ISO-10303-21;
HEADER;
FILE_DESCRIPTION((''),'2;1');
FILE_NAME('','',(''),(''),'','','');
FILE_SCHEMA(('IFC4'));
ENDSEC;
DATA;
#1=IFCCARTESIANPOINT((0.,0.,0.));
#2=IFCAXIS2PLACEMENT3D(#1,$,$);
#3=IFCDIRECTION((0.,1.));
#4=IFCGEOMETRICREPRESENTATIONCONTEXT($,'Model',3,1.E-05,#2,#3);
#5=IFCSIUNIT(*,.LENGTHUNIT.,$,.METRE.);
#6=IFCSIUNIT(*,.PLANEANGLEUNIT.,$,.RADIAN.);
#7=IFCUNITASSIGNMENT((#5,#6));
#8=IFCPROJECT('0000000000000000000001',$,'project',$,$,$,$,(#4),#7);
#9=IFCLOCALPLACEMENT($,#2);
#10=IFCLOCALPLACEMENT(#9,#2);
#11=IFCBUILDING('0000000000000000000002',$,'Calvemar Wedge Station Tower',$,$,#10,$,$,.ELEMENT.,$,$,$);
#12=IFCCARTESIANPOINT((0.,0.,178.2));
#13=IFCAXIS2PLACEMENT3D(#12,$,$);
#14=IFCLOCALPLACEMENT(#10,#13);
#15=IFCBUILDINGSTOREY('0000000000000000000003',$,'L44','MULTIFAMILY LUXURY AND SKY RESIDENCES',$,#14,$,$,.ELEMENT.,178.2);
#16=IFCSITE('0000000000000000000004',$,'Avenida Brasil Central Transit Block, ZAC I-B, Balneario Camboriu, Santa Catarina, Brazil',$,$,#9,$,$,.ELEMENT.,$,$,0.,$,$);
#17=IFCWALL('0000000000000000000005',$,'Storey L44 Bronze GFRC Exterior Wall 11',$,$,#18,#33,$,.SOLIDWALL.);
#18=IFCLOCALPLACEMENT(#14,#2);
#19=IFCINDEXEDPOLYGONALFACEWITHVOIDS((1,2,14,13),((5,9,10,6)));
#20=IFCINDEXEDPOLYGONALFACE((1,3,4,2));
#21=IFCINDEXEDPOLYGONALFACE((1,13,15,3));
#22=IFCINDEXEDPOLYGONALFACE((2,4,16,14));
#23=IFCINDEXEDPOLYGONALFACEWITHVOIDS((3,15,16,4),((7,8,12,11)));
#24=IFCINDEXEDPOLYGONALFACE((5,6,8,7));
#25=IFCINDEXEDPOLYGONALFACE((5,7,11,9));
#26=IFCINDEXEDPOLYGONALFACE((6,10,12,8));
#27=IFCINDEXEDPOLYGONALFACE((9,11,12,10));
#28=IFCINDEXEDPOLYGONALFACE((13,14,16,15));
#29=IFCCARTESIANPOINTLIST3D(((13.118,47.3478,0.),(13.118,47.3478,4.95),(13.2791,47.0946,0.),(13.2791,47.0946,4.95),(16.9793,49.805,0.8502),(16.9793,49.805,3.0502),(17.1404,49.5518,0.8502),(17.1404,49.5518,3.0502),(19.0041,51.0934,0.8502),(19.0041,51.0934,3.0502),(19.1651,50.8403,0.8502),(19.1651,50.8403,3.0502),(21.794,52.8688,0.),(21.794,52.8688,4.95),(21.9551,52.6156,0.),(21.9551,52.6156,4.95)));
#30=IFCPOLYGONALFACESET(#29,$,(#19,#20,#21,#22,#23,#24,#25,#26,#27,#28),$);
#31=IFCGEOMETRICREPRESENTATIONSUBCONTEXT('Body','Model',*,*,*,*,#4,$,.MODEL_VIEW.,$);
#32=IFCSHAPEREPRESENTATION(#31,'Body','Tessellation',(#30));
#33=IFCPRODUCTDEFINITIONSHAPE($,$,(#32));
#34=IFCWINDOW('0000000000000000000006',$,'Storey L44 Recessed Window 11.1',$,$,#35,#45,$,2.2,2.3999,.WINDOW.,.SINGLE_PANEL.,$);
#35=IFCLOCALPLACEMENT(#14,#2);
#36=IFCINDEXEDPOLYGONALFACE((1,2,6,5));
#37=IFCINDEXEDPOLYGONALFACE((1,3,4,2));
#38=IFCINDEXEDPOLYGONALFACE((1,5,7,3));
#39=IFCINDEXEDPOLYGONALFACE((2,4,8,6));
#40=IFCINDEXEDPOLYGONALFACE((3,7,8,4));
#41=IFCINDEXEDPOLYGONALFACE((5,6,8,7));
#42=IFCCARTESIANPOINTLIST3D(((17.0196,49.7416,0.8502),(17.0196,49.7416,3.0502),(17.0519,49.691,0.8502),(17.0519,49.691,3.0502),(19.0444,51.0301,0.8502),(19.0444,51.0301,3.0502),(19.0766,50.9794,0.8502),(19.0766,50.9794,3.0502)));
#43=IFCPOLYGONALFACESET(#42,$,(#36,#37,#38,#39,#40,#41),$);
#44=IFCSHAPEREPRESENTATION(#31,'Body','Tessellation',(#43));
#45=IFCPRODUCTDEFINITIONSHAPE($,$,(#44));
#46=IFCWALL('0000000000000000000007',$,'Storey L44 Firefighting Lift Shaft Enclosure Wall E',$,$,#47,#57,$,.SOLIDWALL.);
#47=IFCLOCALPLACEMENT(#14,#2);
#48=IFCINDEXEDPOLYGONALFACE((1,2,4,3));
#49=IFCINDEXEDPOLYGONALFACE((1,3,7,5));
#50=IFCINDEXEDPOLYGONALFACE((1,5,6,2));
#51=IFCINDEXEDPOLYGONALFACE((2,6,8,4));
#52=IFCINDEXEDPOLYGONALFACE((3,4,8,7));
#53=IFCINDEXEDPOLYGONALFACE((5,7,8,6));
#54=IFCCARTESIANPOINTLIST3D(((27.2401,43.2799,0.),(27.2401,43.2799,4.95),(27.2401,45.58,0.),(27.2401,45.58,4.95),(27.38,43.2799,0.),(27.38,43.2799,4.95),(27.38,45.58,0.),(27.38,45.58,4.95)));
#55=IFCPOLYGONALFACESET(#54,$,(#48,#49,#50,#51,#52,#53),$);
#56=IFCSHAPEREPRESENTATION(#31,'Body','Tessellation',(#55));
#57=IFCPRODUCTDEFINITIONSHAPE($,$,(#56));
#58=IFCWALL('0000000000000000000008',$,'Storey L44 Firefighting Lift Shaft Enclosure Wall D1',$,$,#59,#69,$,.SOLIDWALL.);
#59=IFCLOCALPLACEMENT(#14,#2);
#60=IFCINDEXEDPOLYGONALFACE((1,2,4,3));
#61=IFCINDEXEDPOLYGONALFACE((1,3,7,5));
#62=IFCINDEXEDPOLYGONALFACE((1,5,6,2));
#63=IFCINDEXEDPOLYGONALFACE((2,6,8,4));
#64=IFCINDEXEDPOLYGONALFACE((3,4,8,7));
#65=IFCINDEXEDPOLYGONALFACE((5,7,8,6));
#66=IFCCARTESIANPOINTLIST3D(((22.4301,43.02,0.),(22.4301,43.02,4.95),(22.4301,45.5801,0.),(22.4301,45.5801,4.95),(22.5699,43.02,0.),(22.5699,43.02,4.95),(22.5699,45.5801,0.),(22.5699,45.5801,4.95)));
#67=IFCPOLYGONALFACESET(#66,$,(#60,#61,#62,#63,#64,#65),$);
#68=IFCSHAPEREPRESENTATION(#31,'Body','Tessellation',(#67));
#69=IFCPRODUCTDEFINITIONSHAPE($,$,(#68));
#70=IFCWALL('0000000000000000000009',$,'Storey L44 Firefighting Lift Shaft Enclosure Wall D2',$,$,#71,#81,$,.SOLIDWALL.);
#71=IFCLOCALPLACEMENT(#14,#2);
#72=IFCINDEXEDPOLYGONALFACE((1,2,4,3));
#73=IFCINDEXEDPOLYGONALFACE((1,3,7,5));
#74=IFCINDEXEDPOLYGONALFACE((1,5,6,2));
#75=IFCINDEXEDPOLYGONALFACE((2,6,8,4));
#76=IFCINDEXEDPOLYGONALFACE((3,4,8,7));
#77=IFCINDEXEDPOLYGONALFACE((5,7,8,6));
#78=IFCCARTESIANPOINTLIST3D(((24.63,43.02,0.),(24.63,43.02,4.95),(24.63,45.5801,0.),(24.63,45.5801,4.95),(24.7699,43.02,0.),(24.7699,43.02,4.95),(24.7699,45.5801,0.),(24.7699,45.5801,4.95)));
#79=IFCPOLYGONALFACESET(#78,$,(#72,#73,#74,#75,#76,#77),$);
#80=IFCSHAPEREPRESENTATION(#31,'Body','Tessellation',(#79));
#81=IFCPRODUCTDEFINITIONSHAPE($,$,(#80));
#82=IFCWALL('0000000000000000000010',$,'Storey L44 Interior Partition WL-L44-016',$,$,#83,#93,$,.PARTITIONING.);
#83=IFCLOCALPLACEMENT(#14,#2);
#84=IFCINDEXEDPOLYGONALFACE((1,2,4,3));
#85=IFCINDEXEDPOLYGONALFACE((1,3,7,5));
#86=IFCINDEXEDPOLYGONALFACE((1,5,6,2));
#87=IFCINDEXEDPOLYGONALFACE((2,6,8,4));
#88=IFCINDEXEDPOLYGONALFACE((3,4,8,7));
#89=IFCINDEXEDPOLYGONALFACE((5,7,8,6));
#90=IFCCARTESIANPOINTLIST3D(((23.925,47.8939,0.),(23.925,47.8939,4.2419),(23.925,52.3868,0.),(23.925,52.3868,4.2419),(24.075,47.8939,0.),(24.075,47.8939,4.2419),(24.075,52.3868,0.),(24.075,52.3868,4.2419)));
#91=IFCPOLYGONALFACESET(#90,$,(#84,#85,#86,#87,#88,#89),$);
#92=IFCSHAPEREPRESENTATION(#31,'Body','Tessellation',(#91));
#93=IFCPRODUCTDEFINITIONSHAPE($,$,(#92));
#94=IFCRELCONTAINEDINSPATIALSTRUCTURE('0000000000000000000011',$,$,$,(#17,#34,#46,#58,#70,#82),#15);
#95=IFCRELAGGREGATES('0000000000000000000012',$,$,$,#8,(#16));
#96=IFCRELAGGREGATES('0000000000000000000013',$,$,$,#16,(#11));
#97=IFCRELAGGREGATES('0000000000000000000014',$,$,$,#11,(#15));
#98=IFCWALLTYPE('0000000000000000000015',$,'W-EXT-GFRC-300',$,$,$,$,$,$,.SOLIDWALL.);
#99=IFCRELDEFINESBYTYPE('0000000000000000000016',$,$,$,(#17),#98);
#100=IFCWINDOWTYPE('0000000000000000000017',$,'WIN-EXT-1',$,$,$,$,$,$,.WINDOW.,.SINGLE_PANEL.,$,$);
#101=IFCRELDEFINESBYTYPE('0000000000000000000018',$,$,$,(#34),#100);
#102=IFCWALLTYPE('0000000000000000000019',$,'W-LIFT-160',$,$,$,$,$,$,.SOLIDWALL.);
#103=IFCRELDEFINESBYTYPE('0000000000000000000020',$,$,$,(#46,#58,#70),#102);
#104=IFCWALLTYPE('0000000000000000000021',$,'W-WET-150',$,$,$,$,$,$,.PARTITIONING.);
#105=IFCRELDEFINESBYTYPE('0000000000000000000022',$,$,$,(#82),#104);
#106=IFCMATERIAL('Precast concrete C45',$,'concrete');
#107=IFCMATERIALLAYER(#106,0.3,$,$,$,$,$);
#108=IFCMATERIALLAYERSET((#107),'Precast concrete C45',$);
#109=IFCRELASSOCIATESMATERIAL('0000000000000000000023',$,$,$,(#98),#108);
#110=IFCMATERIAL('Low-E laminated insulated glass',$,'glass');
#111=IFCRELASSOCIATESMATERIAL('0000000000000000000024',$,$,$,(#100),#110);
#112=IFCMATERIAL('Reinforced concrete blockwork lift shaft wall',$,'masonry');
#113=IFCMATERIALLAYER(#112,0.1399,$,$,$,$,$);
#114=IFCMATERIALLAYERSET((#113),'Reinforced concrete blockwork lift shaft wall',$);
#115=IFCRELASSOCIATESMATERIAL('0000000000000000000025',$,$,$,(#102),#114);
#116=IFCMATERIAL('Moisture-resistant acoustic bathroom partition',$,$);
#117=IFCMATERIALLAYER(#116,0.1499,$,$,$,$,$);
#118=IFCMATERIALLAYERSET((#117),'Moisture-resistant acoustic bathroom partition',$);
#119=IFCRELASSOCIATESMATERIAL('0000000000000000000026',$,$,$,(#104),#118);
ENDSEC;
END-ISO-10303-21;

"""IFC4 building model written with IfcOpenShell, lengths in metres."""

from ifc_helpers import new_model, si_unit, direction, frame, frame_2d, origin, place, context, subcontext, project, spatial, rectangle, extrude, source, transform, mapped, material, layer, layer_set, type_object, element, fill, save


model = new_model("IFC4")

# Units and contexts
model_context = context("Model", 3, precision=1e-05, world=origin(), true_north=direction((0.0, 1.0)))
body_context = subcontext(model_context, "Body", "Model", "MODEL_VIEW")
ifc_project = project(units=[si_unit("LENGTHUNIT", "METRE"), si_unit("PLANEANGLEUNIT", "RADIAN")], contexts=[model_context])

# Site, building, storey
site_placement = place(None, origin())
site = spatial("IfcSite", under=ifc_project, at=site_placement, Name="Avenida Brasil Central Transit Block, ZAC I-B, Balneario Camboriu, Santa Catarina, Brazil", CompositionType="ELEMENT", RefElevation=0.0)
building_placement = place(site_placement, origin())
building = spatial("IfcBuilding", under=site, at=building_placement, Name="Calvemar Wedge Station Tower", CompositionType="ELEMENT")
storey_placement = place(building_placement, frame((0.0, 0.0, 178.2)))
storey = spatial("IfcBuildingStorey", under=building, at=storey_placement, Name="L44", Description="MULTIFAMILY LUXURY AND SKY RESIDENCES", CompositionType="ELEMENT", Elevation=178.2)

# Wall, opening, window
ifc_material_1 = material(Name="Precast concrete C45", Category="concrete")
ifc_layer_1 = layer(ifc_material_1, 0.3)
ifc_layer_set_1 = layer_set([ifc_layer_1], Name="Precast concrete C45")
wall_type_1 = type_object("IfcWallType", Name="W-EXT-GFRC-300", PredefinedType="SOLIDWALL", material=ifc_layer_set_1)
wall_1_placement = place(storey_placement, frame((21.8745, 52.7422, 0.0), z_axis=(0.0, 0.0, 1.0), x_axis=(-0.843666, -0.536868, 0.0)))
wall_1 = element("IfcWall", 1, at=wall_1_placement, inside=storey, type_object=wall_type_1, Name="Storey L44 Bronze GFRC Exterior Wall 11", PredefinedType="SOLIDWALL", context=body_context, shape_type="SweptSolid", body=[
    extrude(rectangle(XDim=10.2837, YDim=0.3, at=frame_2d((5.1418, 0.0))), origin(), (0.0, 0.0, 1.0), 4.95),
])
shared_shape_1 = source(origin(), body_context, "Body", "SweptSolid", [
    extrude(rectangle(XDim=2.3999, YDim=2.2, at=frame_2d((1.2, 1.1001))), frame((0.0, 0.1602, 0.0), z_axis=(0.0, -1.0, 0.0), x_axis=(1.0, 0.0, 0.0)), (0.0, 0.0, 1.0), 0.3201),
])
opening_1_placement = place(wall_1_placement, frame((3.3069, 0.0, 0.8501)))
opening_1 = element("IfcOpeningElement", 2, at=opening_1_placement, cuts=wall_1, PredefinedType="OPENING", context=body_context, shape_type="MappedRepresentation", body=[
    mapped(shared_shape_1, transform((0.0, 0.0, 0.0), scale=1.0)),
])
ifc_material_2 = material(Name="Low-E laminated insulated glass", Category="glass")
window_type = type_object("IfcWindowType", Name="WIN-EXT-1", PartitioningType="SINGLE_PANEL", PredefinedType="WINDOW", material=ifc_material_2)
shared_shape_2 = source(origin(), body_context, "Body", "SweptSolid", [
    extrude(rectangle(XDim=2.3999, YDim=2.2, at=frame_2d((1.2, 1.1001))), frame((0.0, -0.0149, 0.0), z_axis=(0.0, -1.0, 0.0), x_axis=(1.0, 0.0, 0.0)), (0.0, 0.0, 1.0), 0.0601),
])
window_placement = place(opening_1_placement, origin())
window = element("IfcWindow", 3, at=window_placement, inside=storey, type_object=window_type, Name="Storey L44 Recessed Window 11.1", OverallHeight=2.2, OverallWidth=2.3999, PartitioningType="SINGLE_PANEL", PredefinedType="WINDOW", context=body_context, shape_type="MappedRepresentation", body=[
    mapped(shared_shape_2, transform((0.0, 0.0, 0.0), scale=1.0)),
])
fill(opening_1, window)

# Walls
ifc_material_3 = material(Name="Reinforced concrete blockwork lift shaft wall", Category="masonry")
ifc_layer_2 = layer(ifc_material_3, 0.1399)
ifc_layer_set_2 = layer_set([ifc_layer_2], Name="Reinforced concrete blockwork lift shaft wall")
wall_type_2 = type_object("IfcWallType", Name="W-LIFT-160", PredefinedType="SOLIDWALL", material=ifc_layer_set_2)
wall_2_placement = place(storey_placement, frame((27.3101, 43.28, 0.0), z_axis=(0.0, 0.0, 1.0), x_axis=(0.0, 1.0, 0.0)))
element("IfcWall", 4, at=wall_2_placement, inside=storey, type_object=wall_type_2, Name="Storey L44 Firefighting Lift Shaft Enclosure Wall E", PredefinedType="SOLIDWALL", context=body_context, shape_type="SweptSolid", body=[
    extrude(rectangle(XDim=2.3, YDim=0.1399, at=frame_2d((1.1499, 0.0))), origin(), (0.0, 0.0, 1.0), 4.95),
])
for number, where, z_axis, x_axis, name in (
    (5, (22.5, 43.02, 0.0), (0.0, 0.0, 1.0), (0.0, 1.0, 0.0), "Storey L44 Firefighting Lift Shaft Enclosure Wall D1"),
    (6, (24.7, 43.02, 0.0), (0.0, 0.0, 1.0), (0.0, 1.0, 0.0), "Storey L44 Firefighting Lift Shaft Enclosure Wall D2"),
):
    element("IfcWall", number, at=place(storey_placement, frame(where, z_axis=z_axis, x_axis=x_axis)), inside=storey, type_object=wall_type_2, Name=name, PredefinedType="SOLIDWALL", context=body_context, shape_type="SweptSolid", body=[
        extrude(rectangle(XDim=2.5601, YDim=0.1399, at=frame_2d((1.28, 0.0))), origin(), (0.0, 0.0, 1.0), 4.95),
    ])
ifc_material_4 = material(Name="Moisture-resistant acoustic bathroom partition")
ifc_layer_3 = layer(ifc_material_4, 0.1499)
ifc_layer_set_3 = layer_set([ifc_layer_3], Name="Moisture-resistant acoustic bathroom partition")
wall_type_3 = type_object("IfcWallType", Name="W-WET-150", PredefinedType="PARTITIONING", material=ifc_layer_set_3)
wall_3_placement = place(storey_placement, frame((24.0, 52.387, 0.0), z_axis=(0.0, 0.0, 1.0), x_axis=(0.0, -1.0, 0.0)))
element("IfcWall", 7, at=wall_3_placement, inside=storey, type_object=wall_type_3, Name="Storey L44 Interior Partition WL-L44-016", PredefinedType="PARTITIONING", context=body_context, shape_type="SweptSolid", body=[
    extrude(rectangle(XDim=4.4929, YDim=0.1499, at=frame_2d((2.2466, 0.0))), origin(), (0.0, 0.0, 1.0), 4.2419),
])

save(model, "model.ifc")
